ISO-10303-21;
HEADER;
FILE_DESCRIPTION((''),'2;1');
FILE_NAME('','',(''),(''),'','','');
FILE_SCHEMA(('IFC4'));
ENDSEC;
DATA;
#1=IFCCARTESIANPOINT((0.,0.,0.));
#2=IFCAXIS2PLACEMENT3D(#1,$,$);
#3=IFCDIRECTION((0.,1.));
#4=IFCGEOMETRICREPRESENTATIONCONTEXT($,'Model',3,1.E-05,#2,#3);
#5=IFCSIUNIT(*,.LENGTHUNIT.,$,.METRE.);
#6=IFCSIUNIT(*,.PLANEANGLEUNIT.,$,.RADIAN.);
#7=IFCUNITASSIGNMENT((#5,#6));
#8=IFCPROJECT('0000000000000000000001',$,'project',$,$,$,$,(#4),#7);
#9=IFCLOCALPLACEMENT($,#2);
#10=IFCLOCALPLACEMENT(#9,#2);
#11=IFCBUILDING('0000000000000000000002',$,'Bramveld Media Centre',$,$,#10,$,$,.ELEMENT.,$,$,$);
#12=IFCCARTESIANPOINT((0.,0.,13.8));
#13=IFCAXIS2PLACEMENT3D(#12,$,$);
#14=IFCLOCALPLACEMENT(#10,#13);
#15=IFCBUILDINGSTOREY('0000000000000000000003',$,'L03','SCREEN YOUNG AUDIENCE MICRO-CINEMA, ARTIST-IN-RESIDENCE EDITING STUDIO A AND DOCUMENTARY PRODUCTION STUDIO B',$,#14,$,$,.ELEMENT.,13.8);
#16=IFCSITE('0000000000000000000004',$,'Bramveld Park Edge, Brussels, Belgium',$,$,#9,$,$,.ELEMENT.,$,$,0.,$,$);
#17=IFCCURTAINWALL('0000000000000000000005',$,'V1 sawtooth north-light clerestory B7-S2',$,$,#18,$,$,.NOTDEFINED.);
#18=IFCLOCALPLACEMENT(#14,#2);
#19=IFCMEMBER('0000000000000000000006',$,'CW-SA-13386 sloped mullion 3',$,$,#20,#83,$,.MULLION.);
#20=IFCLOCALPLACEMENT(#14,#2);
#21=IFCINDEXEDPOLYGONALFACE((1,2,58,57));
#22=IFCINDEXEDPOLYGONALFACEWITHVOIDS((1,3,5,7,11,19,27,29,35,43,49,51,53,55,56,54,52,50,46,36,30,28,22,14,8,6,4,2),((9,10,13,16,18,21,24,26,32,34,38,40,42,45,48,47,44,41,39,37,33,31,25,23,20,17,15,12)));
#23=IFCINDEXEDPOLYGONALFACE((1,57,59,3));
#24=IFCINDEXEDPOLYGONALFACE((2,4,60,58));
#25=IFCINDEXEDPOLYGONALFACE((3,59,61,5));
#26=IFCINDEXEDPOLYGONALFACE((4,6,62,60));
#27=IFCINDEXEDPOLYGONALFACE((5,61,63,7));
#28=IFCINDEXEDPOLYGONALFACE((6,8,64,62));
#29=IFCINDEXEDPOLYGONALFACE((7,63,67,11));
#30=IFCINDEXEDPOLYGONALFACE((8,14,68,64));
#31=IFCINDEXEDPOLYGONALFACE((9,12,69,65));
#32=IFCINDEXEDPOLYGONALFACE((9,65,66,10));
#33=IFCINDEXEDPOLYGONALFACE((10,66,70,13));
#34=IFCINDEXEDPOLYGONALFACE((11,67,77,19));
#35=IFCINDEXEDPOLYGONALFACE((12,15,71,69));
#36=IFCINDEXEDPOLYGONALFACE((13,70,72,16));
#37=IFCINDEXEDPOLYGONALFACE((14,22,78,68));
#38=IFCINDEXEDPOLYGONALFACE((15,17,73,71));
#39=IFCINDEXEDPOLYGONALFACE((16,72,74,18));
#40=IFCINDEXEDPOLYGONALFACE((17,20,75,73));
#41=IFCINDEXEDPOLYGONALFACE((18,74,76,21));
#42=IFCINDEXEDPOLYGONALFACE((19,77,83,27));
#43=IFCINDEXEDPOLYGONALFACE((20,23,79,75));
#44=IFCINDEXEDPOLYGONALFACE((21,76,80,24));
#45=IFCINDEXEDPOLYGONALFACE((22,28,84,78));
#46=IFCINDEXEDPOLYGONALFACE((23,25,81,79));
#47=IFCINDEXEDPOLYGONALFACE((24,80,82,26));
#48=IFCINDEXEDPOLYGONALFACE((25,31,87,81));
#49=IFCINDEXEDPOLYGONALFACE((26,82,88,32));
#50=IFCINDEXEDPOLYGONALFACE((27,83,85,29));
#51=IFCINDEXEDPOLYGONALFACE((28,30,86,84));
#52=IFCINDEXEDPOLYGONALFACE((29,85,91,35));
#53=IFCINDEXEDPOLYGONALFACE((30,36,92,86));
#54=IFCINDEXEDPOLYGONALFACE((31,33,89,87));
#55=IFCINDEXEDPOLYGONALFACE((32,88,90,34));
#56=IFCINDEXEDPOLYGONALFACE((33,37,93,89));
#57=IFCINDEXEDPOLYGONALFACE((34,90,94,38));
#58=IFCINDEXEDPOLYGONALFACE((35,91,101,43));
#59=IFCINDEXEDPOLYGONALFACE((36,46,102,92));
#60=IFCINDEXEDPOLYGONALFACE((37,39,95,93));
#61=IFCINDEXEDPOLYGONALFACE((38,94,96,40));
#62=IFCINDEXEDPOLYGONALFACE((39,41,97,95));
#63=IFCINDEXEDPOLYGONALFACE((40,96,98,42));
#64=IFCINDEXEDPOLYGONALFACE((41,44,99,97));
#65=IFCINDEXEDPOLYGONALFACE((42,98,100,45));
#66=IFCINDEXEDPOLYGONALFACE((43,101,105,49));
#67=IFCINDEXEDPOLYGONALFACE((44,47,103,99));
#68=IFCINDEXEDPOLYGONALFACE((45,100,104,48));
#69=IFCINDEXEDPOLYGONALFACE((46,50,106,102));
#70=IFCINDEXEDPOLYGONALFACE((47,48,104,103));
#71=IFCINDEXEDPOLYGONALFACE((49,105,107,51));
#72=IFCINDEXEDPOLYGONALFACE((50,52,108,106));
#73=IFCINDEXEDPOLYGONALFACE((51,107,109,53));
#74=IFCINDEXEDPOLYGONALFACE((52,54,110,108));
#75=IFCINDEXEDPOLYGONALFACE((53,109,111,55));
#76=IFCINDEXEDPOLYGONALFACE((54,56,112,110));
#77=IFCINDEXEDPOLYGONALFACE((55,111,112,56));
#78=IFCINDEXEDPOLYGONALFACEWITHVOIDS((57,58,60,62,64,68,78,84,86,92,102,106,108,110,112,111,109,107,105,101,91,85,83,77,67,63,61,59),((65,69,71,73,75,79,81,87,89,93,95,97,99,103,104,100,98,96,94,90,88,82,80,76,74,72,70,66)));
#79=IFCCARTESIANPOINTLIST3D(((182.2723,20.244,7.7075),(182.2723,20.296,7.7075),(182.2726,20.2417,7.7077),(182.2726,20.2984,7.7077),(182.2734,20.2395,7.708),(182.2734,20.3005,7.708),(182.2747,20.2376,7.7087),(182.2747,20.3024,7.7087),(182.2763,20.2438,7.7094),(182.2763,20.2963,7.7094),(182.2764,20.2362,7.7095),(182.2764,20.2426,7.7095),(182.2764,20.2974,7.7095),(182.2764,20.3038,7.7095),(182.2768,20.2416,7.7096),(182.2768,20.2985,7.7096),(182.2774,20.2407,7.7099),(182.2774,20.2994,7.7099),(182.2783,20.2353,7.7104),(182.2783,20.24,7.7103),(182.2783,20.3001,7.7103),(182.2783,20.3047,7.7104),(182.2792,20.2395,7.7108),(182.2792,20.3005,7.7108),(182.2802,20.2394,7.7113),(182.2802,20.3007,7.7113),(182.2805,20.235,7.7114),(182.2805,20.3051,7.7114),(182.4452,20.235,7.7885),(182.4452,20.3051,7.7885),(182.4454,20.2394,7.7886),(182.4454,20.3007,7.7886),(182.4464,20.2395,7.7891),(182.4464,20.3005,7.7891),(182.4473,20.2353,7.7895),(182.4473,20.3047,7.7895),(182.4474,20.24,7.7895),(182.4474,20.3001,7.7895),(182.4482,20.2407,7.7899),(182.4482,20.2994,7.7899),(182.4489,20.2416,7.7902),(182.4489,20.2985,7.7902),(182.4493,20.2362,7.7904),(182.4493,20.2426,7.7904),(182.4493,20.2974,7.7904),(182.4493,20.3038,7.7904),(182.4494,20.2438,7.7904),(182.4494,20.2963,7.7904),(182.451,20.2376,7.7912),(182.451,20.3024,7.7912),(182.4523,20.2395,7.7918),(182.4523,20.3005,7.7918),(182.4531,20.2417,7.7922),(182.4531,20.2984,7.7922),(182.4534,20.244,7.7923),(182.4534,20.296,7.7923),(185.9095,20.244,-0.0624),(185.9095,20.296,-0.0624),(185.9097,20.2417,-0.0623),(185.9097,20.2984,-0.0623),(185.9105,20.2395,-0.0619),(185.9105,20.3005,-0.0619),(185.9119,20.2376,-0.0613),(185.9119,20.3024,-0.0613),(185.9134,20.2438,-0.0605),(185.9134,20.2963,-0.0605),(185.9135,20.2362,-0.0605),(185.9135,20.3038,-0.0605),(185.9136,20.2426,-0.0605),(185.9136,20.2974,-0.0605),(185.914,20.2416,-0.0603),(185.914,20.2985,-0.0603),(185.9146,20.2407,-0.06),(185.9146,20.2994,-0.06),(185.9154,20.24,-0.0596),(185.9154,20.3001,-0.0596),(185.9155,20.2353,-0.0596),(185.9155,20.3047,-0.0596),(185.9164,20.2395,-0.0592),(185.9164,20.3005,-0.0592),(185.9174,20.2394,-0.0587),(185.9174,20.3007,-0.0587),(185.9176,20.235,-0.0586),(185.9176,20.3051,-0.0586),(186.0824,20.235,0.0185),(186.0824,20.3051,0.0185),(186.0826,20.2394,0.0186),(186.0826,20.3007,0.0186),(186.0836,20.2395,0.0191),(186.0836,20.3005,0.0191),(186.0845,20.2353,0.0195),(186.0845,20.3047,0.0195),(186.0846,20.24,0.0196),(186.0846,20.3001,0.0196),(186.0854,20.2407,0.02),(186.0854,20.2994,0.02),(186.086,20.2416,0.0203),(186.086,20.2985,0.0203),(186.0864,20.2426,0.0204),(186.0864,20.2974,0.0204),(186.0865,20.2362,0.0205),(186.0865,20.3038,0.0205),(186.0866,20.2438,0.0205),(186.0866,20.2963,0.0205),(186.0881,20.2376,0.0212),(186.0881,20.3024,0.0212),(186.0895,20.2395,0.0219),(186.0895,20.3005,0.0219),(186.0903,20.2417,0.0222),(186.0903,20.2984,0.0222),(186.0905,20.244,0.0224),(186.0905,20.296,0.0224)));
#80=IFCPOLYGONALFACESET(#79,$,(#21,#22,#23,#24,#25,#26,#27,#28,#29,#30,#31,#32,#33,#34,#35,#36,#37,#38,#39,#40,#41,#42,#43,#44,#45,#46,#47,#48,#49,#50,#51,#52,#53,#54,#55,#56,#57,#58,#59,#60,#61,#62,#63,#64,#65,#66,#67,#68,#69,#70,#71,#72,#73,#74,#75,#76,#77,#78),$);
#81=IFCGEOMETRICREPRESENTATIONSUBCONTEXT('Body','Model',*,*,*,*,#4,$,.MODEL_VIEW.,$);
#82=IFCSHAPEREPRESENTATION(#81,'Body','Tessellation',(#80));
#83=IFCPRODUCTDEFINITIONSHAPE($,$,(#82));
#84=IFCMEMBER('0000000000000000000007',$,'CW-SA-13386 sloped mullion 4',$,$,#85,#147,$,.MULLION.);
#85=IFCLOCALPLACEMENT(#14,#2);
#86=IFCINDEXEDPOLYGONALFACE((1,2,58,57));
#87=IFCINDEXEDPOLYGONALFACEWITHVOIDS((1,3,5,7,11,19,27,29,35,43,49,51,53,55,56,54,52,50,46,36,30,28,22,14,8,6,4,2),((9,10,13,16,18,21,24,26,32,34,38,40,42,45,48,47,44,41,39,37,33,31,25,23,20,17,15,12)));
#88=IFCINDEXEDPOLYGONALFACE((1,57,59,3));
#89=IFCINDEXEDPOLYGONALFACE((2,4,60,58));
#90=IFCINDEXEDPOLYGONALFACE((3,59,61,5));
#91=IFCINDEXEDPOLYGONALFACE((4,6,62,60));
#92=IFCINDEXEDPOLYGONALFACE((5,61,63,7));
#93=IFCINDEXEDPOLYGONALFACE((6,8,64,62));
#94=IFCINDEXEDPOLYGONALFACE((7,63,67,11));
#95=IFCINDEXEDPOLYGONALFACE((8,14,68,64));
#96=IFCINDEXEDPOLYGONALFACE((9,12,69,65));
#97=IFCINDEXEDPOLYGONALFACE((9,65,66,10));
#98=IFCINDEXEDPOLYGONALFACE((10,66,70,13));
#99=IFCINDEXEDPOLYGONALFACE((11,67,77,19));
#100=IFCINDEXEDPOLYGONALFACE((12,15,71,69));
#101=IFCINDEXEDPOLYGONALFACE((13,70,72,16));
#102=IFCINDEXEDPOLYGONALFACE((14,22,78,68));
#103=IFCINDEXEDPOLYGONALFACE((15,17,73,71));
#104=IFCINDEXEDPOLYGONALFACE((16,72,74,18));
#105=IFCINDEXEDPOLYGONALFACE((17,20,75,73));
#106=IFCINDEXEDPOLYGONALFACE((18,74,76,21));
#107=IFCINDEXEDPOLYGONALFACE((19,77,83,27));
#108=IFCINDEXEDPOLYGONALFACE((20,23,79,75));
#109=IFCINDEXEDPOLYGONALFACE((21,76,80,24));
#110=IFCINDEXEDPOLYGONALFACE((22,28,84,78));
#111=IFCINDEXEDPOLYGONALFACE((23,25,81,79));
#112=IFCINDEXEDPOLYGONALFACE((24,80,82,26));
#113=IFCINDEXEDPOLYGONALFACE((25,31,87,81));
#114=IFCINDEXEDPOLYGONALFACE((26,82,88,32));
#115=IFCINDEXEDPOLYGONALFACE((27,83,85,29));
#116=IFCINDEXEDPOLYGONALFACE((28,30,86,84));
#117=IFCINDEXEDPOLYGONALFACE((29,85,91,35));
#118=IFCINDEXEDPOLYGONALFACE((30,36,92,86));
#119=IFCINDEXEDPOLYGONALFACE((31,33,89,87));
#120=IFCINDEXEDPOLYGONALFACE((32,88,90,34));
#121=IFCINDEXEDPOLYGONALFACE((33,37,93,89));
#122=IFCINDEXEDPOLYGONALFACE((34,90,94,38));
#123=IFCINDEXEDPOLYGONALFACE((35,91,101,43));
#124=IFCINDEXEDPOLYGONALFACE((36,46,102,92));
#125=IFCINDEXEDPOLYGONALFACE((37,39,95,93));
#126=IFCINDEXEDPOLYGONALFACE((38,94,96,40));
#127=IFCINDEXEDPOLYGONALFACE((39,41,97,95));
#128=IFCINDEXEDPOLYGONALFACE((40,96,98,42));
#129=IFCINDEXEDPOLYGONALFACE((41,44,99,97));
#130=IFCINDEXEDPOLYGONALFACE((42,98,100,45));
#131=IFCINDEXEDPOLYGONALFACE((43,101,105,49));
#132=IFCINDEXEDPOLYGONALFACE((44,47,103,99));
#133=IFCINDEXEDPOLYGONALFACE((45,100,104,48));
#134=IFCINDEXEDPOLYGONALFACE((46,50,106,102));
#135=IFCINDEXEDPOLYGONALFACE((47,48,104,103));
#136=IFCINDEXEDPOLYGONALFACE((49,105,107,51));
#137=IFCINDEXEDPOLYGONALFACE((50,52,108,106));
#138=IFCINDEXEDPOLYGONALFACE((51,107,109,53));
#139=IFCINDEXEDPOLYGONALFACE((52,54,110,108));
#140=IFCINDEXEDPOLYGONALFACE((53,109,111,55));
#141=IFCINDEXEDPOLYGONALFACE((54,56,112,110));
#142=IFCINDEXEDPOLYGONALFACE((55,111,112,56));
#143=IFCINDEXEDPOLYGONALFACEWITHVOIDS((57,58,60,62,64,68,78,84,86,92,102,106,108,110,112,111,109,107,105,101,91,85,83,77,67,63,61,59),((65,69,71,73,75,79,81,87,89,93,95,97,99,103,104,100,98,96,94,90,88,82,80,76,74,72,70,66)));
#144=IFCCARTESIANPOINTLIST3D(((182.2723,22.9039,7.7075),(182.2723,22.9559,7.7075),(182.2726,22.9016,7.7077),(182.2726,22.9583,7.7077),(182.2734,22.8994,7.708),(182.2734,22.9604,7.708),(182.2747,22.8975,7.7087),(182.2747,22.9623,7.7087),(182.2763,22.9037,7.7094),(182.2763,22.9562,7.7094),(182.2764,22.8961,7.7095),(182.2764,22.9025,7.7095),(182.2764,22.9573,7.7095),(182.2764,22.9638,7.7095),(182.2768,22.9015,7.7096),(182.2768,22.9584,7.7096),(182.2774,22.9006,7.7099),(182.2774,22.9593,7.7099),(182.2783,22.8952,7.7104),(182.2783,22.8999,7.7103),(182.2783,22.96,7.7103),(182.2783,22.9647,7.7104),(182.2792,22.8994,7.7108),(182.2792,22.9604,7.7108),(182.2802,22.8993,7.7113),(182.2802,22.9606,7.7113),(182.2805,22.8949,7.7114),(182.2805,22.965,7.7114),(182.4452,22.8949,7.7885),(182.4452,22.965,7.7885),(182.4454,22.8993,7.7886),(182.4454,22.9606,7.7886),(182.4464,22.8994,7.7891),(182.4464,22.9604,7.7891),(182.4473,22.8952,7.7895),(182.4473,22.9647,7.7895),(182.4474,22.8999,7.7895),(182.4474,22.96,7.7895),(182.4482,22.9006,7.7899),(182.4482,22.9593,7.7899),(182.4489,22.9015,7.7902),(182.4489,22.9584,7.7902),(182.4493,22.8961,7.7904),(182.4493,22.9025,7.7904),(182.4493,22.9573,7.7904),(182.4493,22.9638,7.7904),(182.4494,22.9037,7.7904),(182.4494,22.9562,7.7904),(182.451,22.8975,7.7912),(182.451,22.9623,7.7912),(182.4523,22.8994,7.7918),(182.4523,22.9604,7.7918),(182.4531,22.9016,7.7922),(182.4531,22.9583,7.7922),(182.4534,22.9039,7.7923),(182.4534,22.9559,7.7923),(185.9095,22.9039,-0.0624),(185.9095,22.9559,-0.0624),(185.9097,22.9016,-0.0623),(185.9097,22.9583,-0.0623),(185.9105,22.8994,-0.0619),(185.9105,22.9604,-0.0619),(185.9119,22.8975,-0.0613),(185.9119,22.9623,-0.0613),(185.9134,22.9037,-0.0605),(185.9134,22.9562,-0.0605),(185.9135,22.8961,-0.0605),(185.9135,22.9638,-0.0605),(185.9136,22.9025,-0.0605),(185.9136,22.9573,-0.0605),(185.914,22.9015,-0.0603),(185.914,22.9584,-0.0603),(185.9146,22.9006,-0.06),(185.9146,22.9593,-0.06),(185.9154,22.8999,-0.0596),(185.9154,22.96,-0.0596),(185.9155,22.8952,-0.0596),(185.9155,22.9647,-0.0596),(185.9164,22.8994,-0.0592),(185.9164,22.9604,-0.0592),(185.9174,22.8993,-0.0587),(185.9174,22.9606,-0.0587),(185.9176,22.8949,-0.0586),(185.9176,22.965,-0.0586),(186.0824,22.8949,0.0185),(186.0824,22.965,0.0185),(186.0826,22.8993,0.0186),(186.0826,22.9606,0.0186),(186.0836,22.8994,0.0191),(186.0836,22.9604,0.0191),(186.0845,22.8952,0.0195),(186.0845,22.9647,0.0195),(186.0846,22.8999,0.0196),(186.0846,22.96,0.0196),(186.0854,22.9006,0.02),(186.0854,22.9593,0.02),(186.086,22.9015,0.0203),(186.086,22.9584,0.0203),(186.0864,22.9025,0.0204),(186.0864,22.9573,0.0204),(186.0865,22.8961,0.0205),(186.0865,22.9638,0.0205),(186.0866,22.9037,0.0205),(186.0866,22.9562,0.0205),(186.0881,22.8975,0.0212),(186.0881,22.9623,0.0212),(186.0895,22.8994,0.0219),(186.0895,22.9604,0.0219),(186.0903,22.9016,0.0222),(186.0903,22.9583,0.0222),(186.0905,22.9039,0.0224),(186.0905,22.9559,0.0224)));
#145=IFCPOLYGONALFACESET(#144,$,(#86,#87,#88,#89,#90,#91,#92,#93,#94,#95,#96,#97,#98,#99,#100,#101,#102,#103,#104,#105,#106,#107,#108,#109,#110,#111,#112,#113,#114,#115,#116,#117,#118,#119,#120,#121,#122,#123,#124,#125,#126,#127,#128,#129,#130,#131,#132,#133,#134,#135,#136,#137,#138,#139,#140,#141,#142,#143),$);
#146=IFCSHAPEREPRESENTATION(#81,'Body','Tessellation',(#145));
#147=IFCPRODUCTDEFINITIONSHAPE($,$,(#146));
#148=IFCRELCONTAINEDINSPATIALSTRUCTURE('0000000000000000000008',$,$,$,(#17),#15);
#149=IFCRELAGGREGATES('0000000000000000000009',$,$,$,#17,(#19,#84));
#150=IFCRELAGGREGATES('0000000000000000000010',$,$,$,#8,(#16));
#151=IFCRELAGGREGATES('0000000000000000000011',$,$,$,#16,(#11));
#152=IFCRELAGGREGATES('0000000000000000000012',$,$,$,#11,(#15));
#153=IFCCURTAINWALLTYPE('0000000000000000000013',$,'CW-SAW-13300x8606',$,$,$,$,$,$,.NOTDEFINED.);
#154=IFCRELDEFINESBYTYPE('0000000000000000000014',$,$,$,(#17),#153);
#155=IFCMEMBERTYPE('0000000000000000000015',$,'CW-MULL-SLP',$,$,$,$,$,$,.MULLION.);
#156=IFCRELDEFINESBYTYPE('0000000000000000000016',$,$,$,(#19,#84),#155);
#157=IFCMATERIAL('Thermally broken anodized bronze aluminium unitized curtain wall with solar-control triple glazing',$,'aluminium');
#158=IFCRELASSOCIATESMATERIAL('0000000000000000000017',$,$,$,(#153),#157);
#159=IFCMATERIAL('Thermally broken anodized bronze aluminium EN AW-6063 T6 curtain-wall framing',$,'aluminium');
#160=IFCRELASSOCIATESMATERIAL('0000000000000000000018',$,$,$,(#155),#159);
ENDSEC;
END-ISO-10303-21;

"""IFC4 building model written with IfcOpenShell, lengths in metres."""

from ifc_helpers import new_model, si_unit, direction, frame, origin, origin_2d, place, context, subcontext, project, spatial, hollow_rectangle, extrude, material, material_profile, profile_set, type_object, element, aggregate, save


model = new_model("IFC4")

# Units and contexts
model_context = context("Model", 3, precision=1e-05, world=origin(), true_north=direction((0.0, 1.0)))
body_context = subcontext(model_context, "Body", "Model", "MODEL_VIEW")
ifc_project = project(units=[si_unit("LENGTHUNIT", "METRE"), si_unit("PLANEANGLEUNIT", "RADIAN")], contexts=[model_context])

# Site, building, storey
site_placement = place(None, origin())
site = spatial("IfcSite", under=ifc_project, at=site_placement, Name="Bramveld Park Edge, Brussels, Belgium", CompositionType="ELEMENT", RefElevation=0.0)
building_placement = place(site_placement, origin())
building = spatial("IfcBuilding", under=site, at=building_placement, Name="Bramveld Media Centre", CompositionType="ELEMENT")
storey_placement = place(building_placement, frame((0.0, 0.0, 13.8)))
storey = spatial("IfcBuildingStorey", under=building, at=storey_placement, Name="L03", Description="SCREEN YOUNG AUDIENCE MICRO-CINEMA, ARTIST-IN-RESIDENCE EDITING STUDIO A AND DOCUMENTARY PRODUCTION STUDIO B", CompositionType="ELEMENT", Elevation=13.8)

# Curtain wall, members
ifc_material_1 = material(Name="Thermally broken anodized bronze aluminium unitized curtain wall with solar-control triple glazing", Category="aluminium")
curtain_wall_type = type_object("IfcCurtainWallType", Name="CW-SAW-13300x8606", PredefinedType="NOTDEFINED", material=ifc_material_1)
curtain_wall_placement = place(storey_placement, origin())
curtain_wall = element("IfcCurtainWall", 1, at=curtain_wall_placement, inside=storey, type_object=curtain_wall_type, Name="V1 sawtooth north-light clerestory B7-S2", PredefinedType="NOTDEFINED")
ifc_material_2 = material(Name="Thermally broken anodized bronze aluminium EN AW-6063 T6 curtain-wall framing", Category="aluminium")
ifc_material_profile_1 = material_profile(ifc_material_2, hollow_rectangle(XDim=0.0701, YDim=0.2, WallThickness=0.0044, InnerFilletRadius=0.0044, OuterFilletRadius=0.009, at=origin_2d()), Name="AL-MULL 70x200")
ifc_profile_set_1 = profile_set([ifc_material_profile_1], Name="Thermally broken anodized bronze aluminium EN AW-6063 T6 curtain-wall framing")
member_type_1 = type_object("IfcMemberType", Name="CW-MULL-SLP", PredefinedType="MULLION", material=ifc_profile_set_1)
member_1_placement = place(storey_placement, frame((186.0, 20.27, -0.02), z_axis=(-0.423957, 0.0, 0.905682), x_axis=(0.0, -1.0, 0.0)))
member_1 = element("IfcMember", 2, at=member_1_placement, type_object=member_type_1, Name="CW-SA-13386 sloped mullion 3", PredefinedType="MULLION", context=body_context, shape_type="SweptSolid", body=[
    extrude(hollow_rectangle(XDim=0.0701, YDim=0.2, WallThickness=0.0044, InnerFilletRadius=0.0044, OuterFilletRadius=0.009, at=origin_2d()), origin(), (0.0, 0.0, 1.0), 8.5791),
])
member_2_placement = place(storey_placement, frame((186.0, 22.9299, -0.02), z_axis=(-0.423957, 0.0, 0.905682), x_axis=(0.0, -1.0, 0.0)))
member_2 = element("IfcMember", 3, at=member_2_placement, type_object=member_type_1, Name="CW-SA-13386 sloped mullion 4", PredefinedType="MULLION", context=body_context, shape_type="SweptSolid", body=[
    extrude(hollow_rectangle(XDim=0.0701, YDim=0.2, WallThickness=0.0044, InnerFilletRadius=0.0044, OuterFilletRadius=0.009, at=origin_2d()), origin(), (0.0, 0.0, 1.0), 8.5791),
])

aggregate(curtain_wall, [member_1, member_2])

save(model, "model.ifc")
